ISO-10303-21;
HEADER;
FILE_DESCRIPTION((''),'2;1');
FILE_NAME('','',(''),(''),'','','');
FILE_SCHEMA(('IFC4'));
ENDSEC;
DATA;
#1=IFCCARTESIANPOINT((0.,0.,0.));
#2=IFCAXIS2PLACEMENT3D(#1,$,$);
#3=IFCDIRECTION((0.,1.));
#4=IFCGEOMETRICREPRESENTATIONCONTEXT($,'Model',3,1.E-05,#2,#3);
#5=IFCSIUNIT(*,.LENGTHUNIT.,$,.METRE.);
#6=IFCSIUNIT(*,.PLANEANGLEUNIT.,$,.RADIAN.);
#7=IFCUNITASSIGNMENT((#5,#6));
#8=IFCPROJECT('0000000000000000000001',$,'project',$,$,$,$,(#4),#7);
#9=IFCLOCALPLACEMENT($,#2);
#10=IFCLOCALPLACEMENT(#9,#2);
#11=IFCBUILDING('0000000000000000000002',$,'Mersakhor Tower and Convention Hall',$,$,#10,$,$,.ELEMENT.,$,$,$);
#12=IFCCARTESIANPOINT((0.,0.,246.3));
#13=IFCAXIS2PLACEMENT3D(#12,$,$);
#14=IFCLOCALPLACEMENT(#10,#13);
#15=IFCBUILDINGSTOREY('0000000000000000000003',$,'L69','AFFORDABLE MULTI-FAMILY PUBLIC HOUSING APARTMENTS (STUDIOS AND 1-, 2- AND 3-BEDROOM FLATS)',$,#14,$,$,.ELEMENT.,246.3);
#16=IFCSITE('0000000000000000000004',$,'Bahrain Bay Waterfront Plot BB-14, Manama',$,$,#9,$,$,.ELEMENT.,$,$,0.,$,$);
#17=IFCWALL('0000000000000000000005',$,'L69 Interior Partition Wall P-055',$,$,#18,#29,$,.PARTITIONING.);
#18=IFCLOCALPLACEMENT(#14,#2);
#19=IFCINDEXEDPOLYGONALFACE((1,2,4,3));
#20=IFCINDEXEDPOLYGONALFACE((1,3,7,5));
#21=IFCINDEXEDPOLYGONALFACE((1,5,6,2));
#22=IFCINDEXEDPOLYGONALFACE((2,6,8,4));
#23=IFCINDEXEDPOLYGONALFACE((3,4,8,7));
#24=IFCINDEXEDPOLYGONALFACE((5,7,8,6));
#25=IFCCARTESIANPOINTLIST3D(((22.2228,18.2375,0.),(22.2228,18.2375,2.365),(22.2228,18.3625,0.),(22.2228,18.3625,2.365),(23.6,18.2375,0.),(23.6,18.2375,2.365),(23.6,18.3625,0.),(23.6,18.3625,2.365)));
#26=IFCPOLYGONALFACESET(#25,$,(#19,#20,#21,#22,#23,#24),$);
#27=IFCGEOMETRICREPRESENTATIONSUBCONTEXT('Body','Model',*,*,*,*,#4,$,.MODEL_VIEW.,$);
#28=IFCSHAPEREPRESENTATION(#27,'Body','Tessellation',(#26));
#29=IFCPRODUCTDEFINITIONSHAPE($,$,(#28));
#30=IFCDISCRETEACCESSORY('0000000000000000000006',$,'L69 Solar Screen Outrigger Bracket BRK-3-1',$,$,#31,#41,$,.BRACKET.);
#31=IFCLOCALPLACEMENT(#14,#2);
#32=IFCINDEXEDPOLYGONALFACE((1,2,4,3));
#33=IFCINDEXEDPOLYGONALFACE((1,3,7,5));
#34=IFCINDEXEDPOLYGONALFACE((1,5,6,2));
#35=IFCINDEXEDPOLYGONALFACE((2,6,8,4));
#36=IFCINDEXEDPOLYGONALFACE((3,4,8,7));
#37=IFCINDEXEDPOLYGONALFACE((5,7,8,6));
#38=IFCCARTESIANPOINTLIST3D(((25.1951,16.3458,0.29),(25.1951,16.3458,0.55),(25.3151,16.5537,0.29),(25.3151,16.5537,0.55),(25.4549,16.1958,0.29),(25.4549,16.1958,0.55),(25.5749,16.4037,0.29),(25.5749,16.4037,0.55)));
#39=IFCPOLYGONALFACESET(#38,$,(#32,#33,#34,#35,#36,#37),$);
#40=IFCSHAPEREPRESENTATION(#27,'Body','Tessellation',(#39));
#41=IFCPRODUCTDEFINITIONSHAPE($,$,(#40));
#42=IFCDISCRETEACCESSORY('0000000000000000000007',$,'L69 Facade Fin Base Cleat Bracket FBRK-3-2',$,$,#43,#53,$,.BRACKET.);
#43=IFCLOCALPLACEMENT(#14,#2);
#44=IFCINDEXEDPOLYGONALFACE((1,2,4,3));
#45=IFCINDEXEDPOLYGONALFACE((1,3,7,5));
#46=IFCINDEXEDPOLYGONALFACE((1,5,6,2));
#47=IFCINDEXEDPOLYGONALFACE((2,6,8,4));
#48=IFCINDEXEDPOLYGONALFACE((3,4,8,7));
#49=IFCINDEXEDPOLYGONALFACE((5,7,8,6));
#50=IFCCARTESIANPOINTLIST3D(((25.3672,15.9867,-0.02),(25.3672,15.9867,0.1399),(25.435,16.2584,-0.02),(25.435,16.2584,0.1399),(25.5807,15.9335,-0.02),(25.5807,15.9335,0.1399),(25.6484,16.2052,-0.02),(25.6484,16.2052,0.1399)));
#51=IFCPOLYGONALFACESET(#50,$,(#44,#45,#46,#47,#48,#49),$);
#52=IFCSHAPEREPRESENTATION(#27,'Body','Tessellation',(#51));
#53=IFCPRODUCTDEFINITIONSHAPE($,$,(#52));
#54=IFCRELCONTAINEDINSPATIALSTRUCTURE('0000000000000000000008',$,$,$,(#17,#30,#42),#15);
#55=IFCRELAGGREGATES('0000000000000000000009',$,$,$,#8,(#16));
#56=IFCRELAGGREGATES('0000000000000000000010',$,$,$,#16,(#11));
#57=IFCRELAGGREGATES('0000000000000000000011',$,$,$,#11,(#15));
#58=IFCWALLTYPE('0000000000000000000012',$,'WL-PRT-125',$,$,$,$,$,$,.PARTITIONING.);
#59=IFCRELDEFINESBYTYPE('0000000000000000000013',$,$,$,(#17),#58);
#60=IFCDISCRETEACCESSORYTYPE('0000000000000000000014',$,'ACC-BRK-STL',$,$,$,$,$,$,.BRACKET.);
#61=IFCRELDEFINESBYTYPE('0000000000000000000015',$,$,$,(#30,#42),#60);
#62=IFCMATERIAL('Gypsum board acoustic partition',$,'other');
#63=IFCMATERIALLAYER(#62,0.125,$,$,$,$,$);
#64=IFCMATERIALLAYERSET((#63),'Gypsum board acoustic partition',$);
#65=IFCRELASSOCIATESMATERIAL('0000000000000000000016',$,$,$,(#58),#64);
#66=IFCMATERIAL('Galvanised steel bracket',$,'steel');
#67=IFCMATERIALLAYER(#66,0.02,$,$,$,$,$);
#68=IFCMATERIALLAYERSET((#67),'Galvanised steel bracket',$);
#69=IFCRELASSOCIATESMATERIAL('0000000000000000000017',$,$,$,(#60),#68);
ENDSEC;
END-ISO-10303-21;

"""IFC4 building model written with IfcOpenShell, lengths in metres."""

from ifc_helpers import new_model, si_unit, direction, frame, frame_2d, origin, origin_2d, place, context, subcontext, project, spatial, rectangle, extrude, material, layer, layer_set, type_object, element, save


model = new_model("IFC4")

# Units and contexts
model_context = context("Model", 3, precision=1e-05, world=origin(), true_north=direction((0.0, 1.0)))
body_context = subcontext(model_context, "Body", "Model", "MODEL_VIEW")
ifc_project = project(units=[si_unit("LENGTHUNIT", "METRE"), si_unit("PLANEANGLEUNIT", "RADIAN")], contexts=[model_context])

# Site, building, storey
site_placement = place(None, origin())
site = spatial("IfcSite", under=ifc_project, at=site_placement, Name="Bahrain Bay Waterfront Plot BB-14, Manama", CompositionType="ELEMENT", RefElevation=0.0)
building_placement = place(site_placement, origin())
building = spatial("IfcBuilding", under=site, at=building_placement, Name="Mersakhor Tower and Convention Hall", CompositionType="ELEMENT")
storey_placement = place(building_placement, frame((0.0, 0.0, 246.3)))
storey = spatial("IfcBuildingStorey", under=building, at=storey_placement, Name="L69", Description="AFFORDABLE MULTI-FAMILY PUBLIC HOUSING APARTMENTS (STUDIOS AND 1-, 2- AND 3-BEDROOM FLATS)", CompositionType="ELEMENT", Elevation=246.3)

# Wall
ifc_material_1 = material(Name="Gypsum board acoustic partition", Category="other")
ifc_layer_1 = layer(ifc_material_1, 0.125)
ifc_layer_set_1 = layer_set([ifc_layer_1], Name="Gypsum board acoustic partition")
wall_type_1 = type_object("IfcWallType", Name="WL-PRT-125", PredefinedType="PARTITIONING", material=ifc_layer_set_1)
wall_1_placement = place(storey_placement, frame((22.2229, 18.3, 0.0), z_axis=(0.0, 0.0, 1.0), x_axis=(1.0, 0.0, 0.0)))
element("IfcWall", 1, at=wall_1_placement, inside=storey, type_object=wall_type_1, Name="L69 Interior Partition Wall P-055", PredefinedType="PARTITIONING", context=body_context, shape_type="SweptSolid", body=[
    extrude(rectangle(XDim=1.3772, YDim=0.125, at=frame_2d((0.6885, 0.0))), origin(), (0.0, 0.0, 1.0), 2.365),
])

# Discrete accessories
ifc_material_2 = material(Name="Galvanised steel bracket", Category="steel")
ifc_layer_2 = layer(ifc_material_2, 0.02)
ifc_layer_set_2 = layer_set([ifc_layer_2], Name="Galvanised steel bracket")
discrete_accessory_type = type_object("IfcDiscreteAccessoryType", Name="ACC-BRK-STL", PredefinedType="BRACKET", material=ifc_layer_set_2)
discrete_accessory_1_placement = place(storey_placement, frame((25.385, 16.3748, 0.29), z_axis=(0.0, 0.0, 1.0), x_axis=(-0.866025, 0.5, 0.0)))
element("IfcDiscreteAccessory", 2, at=discrete_accessory_1_placement, inside=storey, type_object=discrete_accessory_type, Name="L69 Solar Screen Outrigger Bracket BRK-3-1", PredefinedType="BRACKET", context=body_context, shape_type="SweptSolid", body=[
    extrude(rectangle(XDim=0.3, YDim=0.24, at=origin_2d()), origin(), (0.0, 0.0, 1.0), 0.26),
])
discrete_accessory_2_placement = place(storey_placement, frame((25.5078, 16.0959, -0.02), z_axis=(0.0, 0.0, 1.0), x_axis=(-0.241922, -0.970296, 0.0)))
element("IfcDiscreteAccessory", 3, at=discrete_accessory_2_placement, inside=storey, type_object=discrete_accessory_type, Name="L69 Facade Fin Base Cleat Bracket FBRK-3-2", PredefinedType="BRACKET", context=body_context, shape_type="SweptSolid", body=[
    extrude(rectangle(XDim=0.28, YDim=0.22, at=origin_2d()), origin(), (0.0, 0.0, 1.0), 0.1599),
])

save(model, "model.ifc")
